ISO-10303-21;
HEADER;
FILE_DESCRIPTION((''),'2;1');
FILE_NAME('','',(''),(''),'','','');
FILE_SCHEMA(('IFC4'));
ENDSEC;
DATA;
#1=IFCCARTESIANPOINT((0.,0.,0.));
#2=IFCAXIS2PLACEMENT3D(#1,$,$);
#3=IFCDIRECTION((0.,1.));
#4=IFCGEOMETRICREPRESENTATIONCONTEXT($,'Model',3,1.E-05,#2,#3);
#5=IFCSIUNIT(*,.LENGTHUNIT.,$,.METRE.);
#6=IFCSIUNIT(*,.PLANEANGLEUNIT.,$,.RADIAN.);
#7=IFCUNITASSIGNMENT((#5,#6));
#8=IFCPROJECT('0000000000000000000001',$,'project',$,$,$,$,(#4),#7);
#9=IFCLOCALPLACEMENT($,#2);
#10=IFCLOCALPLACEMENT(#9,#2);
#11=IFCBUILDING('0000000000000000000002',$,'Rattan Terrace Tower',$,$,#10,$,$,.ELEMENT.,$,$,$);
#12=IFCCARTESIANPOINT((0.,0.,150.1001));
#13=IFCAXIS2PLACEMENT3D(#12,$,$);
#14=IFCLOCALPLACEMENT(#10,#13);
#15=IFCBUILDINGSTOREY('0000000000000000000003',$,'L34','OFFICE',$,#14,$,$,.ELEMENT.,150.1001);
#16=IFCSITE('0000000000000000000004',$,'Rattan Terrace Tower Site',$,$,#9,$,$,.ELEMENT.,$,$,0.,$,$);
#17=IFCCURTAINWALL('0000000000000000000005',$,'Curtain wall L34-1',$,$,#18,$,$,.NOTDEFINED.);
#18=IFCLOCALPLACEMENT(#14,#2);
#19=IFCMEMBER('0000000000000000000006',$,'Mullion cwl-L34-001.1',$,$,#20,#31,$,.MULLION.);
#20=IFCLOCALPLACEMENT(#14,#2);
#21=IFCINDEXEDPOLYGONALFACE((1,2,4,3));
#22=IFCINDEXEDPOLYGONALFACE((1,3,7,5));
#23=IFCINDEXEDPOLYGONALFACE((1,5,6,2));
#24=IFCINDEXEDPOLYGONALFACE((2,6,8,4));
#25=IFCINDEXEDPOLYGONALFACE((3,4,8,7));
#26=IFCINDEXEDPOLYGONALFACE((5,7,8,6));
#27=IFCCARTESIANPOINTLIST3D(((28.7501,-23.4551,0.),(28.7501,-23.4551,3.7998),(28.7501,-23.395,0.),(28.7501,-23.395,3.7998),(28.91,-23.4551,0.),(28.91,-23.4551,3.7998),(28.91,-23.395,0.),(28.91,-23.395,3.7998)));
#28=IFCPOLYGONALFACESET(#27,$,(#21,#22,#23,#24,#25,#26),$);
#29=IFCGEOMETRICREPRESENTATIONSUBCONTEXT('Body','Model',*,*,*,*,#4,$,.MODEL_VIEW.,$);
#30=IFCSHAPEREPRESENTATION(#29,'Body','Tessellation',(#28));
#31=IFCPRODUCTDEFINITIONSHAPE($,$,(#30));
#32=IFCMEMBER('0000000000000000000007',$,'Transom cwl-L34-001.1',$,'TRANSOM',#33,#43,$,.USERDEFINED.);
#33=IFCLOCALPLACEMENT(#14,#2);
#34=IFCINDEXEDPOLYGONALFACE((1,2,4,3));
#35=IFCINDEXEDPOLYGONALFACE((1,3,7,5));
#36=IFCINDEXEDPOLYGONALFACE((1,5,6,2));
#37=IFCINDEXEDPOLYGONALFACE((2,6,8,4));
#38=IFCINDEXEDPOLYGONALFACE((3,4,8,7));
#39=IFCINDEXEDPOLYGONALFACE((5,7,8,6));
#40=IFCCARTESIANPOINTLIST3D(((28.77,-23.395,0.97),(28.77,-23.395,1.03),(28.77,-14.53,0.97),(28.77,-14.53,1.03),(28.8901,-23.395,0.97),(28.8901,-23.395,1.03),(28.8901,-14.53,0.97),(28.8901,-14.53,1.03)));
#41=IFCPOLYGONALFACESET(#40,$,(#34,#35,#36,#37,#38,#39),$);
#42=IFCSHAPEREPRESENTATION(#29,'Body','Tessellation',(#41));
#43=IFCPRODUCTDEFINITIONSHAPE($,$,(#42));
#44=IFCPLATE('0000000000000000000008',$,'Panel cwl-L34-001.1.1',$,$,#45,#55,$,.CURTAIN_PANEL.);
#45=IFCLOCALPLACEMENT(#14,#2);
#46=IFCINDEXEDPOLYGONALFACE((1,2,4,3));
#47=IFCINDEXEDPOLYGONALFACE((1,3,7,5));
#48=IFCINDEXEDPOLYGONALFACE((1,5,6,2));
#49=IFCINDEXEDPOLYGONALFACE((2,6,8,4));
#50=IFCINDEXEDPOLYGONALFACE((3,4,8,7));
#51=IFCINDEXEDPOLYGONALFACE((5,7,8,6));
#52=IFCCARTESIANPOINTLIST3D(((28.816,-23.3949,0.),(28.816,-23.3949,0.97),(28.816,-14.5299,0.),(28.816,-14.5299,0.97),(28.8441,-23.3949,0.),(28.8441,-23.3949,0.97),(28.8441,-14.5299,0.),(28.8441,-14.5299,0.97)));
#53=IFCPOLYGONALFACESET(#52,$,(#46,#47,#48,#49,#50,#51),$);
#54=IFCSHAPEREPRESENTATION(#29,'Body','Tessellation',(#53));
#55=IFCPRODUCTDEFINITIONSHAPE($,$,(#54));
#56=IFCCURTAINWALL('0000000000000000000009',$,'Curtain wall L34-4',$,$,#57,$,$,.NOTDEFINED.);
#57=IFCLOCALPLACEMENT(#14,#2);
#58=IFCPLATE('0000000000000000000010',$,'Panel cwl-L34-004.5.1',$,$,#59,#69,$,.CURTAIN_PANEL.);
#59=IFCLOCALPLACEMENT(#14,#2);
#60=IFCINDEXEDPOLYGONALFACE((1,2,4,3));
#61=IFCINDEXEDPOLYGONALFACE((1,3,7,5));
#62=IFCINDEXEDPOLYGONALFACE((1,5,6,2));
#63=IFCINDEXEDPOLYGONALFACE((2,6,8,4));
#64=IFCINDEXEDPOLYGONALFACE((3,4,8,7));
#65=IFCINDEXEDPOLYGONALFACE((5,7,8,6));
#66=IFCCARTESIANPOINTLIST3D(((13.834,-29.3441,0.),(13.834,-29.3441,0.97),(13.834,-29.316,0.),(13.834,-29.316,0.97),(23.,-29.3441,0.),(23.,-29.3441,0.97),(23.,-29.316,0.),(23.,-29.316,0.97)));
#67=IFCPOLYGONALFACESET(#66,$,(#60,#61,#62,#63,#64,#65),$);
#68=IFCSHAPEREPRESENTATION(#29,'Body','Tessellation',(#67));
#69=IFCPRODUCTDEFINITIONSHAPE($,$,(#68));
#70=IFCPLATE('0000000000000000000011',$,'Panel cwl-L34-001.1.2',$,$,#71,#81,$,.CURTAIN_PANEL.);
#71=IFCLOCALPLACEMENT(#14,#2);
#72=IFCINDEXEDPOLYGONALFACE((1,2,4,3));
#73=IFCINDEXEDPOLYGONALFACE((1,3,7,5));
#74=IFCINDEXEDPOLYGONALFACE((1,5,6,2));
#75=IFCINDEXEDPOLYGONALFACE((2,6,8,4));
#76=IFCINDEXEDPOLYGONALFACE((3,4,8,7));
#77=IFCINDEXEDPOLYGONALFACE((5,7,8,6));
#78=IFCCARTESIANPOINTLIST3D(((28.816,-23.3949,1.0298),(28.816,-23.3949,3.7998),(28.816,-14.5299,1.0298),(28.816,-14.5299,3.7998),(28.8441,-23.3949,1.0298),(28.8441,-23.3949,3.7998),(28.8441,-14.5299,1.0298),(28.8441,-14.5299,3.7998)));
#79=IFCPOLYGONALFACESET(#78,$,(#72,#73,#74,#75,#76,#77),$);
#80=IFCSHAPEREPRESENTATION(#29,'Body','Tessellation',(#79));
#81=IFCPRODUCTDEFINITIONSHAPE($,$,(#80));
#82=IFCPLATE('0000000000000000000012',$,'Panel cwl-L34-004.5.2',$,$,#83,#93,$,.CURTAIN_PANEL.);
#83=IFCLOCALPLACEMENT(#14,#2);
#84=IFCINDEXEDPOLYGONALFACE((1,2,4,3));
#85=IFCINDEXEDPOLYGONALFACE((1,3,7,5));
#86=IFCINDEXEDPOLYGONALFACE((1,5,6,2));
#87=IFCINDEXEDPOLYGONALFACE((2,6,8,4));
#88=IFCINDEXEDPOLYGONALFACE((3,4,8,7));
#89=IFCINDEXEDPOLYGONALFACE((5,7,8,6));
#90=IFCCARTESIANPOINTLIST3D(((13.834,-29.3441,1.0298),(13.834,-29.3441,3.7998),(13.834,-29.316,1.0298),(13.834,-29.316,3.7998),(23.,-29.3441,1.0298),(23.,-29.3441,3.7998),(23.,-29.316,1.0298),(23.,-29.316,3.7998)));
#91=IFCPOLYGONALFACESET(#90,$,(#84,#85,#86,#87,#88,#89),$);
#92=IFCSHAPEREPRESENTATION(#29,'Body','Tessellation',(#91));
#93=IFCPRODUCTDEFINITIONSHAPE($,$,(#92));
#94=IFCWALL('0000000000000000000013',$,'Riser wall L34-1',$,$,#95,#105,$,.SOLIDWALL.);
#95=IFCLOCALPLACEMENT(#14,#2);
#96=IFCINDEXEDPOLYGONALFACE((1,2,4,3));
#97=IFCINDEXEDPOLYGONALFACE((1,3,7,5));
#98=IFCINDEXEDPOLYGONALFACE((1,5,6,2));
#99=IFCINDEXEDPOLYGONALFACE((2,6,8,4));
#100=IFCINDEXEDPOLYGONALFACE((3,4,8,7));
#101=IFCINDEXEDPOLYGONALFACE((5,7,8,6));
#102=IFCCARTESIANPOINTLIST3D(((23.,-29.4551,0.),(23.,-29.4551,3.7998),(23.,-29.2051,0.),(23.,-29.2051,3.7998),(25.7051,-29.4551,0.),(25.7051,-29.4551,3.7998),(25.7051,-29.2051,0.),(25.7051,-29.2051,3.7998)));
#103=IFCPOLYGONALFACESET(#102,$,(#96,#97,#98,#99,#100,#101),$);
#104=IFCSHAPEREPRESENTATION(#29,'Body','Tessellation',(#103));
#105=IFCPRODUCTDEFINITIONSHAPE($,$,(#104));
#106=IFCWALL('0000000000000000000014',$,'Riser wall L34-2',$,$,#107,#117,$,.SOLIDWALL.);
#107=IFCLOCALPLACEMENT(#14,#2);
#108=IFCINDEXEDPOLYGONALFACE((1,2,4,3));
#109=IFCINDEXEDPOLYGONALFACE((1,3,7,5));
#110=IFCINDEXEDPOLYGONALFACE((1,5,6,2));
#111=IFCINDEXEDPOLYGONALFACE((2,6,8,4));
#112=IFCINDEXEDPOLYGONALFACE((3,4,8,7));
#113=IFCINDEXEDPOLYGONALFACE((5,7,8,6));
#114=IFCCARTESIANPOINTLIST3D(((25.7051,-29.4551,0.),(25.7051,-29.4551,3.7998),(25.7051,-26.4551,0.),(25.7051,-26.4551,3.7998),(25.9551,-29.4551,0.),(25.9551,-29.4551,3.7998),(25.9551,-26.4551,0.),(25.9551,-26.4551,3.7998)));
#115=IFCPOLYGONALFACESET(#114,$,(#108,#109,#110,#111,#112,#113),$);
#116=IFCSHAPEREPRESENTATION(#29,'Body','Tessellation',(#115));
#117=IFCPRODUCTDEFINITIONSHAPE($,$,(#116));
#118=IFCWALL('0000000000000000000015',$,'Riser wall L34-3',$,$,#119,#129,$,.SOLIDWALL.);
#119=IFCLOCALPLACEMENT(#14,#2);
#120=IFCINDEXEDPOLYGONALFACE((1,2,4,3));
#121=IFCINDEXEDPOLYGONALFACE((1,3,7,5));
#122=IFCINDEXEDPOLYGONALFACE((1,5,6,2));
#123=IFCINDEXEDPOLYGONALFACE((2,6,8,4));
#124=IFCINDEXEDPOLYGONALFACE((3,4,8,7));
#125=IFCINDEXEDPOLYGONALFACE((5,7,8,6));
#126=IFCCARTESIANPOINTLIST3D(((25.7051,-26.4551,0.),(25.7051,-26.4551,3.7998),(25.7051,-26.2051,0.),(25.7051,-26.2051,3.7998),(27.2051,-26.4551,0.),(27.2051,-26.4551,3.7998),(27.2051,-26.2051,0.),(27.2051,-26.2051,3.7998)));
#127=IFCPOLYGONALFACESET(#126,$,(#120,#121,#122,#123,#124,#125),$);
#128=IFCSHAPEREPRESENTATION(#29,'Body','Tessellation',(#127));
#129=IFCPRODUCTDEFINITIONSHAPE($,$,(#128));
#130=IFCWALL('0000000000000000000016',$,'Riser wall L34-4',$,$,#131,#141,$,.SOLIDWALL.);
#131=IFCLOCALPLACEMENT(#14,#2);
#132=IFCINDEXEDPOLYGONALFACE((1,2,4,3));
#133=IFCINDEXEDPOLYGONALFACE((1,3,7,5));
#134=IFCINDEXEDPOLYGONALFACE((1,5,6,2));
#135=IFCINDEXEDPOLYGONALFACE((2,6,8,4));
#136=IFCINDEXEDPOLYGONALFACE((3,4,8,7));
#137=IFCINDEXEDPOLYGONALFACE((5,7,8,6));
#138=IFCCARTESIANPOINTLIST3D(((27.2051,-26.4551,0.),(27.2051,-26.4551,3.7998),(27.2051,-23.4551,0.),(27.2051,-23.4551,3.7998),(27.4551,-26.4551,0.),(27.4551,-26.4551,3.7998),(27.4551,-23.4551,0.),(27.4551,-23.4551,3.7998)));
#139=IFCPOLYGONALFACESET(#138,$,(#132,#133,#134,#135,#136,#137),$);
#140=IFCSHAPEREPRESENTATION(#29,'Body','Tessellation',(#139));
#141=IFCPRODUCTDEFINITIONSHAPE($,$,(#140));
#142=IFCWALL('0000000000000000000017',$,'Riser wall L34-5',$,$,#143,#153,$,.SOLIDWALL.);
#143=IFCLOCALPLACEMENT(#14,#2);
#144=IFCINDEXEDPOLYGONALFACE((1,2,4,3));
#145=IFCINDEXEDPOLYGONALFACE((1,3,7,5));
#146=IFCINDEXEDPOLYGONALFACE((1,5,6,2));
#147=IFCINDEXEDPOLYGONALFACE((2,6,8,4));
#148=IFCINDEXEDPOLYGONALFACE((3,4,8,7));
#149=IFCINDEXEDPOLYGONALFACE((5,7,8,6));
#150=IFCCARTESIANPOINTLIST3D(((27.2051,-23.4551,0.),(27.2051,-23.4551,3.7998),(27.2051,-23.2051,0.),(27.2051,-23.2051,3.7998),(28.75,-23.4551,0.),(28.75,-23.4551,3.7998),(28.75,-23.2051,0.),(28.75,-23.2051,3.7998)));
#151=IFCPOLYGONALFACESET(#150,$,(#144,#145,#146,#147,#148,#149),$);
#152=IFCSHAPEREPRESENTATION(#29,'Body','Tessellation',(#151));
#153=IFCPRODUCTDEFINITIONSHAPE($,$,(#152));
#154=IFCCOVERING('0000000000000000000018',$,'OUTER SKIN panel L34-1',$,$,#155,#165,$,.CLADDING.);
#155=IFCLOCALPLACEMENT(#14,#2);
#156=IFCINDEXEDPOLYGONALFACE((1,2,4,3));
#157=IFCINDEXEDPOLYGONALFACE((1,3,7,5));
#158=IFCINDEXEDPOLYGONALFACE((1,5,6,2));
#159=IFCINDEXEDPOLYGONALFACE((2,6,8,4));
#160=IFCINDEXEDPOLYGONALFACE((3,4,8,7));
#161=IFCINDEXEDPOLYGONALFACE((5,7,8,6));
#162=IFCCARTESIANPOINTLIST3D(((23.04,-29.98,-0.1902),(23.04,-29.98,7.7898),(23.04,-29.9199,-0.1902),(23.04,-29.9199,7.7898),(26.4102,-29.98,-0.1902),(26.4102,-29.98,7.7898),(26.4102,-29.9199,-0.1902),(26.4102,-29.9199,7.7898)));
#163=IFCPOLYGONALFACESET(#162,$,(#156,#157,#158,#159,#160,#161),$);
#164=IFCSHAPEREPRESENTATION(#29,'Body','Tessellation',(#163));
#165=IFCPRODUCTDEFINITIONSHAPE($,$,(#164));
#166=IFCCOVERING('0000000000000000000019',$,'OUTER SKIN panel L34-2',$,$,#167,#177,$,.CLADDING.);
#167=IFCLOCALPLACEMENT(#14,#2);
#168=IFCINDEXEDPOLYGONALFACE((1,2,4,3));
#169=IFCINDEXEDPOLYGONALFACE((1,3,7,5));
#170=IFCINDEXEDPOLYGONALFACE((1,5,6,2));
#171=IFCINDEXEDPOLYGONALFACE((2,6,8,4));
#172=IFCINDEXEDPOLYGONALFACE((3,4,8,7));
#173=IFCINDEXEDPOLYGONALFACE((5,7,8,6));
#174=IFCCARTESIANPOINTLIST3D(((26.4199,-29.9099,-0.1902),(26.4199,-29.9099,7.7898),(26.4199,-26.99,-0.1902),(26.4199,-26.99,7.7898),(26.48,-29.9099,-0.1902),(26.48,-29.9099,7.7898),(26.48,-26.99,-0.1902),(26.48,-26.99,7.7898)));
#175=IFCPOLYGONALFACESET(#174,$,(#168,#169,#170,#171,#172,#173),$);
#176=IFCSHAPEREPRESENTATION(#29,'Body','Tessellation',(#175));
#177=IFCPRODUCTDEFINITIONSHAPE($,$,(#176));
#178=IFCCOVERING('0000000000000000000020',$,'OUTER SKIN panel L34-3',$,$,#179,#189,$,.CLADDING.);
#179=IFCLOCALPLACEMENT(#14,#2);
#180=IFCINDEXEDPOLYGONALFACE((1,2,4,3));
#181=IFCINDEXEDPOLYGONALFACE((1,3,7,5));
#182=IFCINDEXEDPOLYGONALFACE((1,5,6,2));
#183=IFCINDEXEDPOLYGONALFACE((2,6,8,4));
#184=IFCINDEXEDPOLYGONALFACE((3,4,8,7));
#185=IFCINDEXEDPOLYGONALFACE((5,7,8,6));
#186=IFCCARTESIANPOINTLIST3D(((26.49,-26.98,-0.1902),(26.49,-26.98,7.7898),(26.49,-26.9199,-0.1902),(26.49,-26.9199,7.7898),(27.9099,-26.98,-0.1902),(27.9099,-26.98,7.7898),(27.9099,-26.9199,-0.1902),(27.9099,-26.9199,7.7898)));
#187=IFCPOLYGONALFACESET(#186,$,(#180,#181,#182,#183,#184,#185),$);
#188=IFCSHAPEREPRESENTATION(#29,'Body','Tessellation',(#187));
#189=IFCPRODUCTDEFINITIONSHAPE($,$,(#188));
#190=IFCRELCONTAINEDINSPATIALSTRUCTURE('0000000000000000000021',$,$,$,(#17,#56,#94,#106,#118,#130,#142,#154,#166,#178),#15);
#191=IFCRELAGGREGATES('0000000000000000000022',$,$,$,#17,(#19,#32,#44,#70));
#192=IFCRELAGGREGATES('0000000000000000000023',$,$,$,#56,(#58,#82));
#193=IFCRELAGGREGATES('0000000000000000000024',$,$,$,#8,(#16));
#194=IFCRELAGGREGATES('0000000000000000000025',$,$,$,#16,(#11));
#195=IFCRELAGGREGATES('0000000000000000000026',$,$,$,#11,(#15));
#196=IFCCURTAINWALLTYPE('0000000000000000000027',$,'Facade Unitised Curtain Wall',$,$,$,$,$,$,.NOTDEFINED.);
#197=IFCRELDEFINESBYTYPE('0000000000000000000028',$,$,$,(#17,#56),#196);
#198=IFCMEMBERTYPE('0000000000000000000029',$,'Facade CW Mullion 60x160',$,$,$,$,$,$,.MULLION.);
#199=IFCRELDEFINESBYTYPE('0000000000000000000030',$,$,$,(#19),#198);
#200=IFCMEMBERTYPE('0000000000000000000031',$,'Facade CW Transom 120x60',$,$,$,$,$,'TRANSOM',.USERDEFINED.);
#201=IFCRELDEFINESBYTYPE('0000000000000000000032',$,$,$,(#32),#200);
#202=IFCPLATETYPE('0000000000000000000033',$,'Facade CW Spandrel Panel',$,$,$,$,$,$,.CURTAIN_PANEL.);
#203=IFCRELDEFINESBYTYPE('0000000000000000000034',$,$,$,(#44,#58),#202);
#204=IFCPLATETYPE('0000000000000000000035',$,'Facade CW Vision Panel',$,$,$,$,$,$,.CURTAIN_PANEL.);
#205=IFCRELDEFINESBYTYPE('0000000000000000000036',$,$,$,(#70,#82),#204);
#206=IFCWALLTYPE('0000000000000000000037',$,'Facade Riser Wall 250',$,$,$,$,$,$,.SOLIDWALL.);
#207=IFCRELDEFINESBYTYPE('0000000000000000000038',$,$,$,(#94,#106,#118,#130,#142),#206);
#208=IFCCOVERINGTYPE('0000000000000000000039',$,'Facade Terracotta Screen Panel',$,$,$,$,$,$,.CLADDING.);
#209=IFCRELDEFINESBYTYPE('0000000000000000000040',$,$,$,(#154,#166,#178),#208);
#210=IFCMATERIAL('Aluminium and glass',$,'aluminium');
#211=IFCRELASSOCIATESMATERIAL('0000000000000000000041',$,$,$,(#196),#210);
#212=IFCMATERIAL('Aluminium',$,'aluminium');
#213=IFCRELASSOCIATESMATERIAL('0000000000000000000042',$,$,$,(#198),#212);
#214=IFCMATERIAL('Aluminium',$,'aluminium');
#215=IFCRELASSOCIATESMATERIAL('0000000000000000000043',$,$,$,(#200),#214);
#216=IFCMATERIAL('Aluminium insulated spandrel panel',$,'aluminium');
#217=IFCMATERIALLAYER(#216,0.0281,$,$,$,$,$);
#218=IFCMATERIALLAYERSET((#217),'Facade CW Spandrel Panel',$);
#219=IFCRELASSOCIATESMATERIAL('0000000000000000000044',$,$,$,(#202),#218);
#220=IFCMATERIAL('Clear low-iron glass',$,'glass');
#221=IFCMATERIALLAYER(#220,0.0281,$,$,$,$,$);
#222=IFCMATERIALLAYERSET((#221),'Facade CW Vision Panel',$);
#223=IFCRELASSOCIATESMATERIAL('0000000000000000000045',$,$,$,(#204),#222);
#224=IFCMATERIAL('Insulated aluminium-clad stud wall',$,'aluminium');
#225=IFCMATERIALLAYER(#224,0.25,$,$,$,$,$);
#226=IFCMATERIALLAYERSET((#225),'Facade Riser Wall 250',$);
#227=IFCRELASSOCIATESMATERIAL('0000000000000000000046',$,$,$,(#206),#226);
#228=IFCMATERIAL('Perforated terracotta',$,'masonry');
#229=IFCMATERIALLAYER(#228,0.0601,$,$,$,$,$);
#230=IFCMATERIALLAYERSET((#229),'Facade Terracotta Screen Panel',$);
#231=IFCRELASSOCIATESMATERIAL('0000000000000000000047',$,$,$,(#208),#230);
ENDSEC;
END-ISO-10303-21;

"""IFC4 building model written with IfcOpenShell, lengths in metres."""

from ifc_helpers import new_model, si_unit, direction, frame, frame_2d, origin, origin_2d, place, context, subcontext, project, spatial, rectangle, extrude, material, layer, layer_set, material_profile, profile_set, type_object, element, aggregate, save


model = new_model("IFC4")

# Units and contexts
model_context = context("Model", 3, precision=1e-05, world=origin(), true_north=direction((0.0, 1.0)))
body_context = subcontext(model_context, "Body", "Model", "MODEL_VIEW")
ifc_project = project(units=[si_unit("LENGTHUNIT", "METRE"), si_unit("PLANEANGLEUNIT", "RADIAN")], contexts=[model_context])

# Site, building, storey
site_placement = place(None, origin())
site = spatial("IfcSite", under=ifc_project, at=site_placement, Name="Rattan Terrace Tower Site", CompositionType="ELEMENT", RefElevation=0.0)
building_placement = place(site_placement, origin())
building = spatial("IfcBuilding", under=site, at=building_placement, Name="Rattan Terrace Tower", CompositionType="ELEMENT")
storey_placement = place(building_placement, frame((0.0, 0.0, 150.1001)))
storey = spatial("IfcBuildingStorey", under=building, at=storey_placement, Name="L34", Description="OFFICE", CompositionType="ELEMENT", Elevation=150.1001)

# Curtain wall, members, plate
ifc_material_1 = material(Name="Aluminium and glass", Category="aluminium")
curtain_wall_type = type_object("IfcCurtainWallType", Name="Facade Unitised Curtain Wall", PredefinedType="NOTDEFINED", material=ifc_material_1)
curtain_wall_1_placement = place(storey_placement, origin())
curtain_wall_1 = element("IfcCurtainWall", 1, at=curtain_wall_1_placement, inside=storey, type_object=curtain_wall_type, Name="Curtain wall L34-1", PredefinedType="NOTDEFINED")
ifc_material_2 = material(Name="Aluminium", Category="aluminium")
ifc_material_profile_1 = material_profile(ifc_material_2, rectangle(XDim=0.0601, YDim=0.1599, at=origin_2d()), Name="Aluminium 60x160")
ifc_profile_set_1 = profile_set([ifc_material_profile_1], Name="Aluminium")
member_type_1 = type_object("IfcMemberType", Name="Facade CW Mullion 60x160", PredefinedType="MULLION", material=ifc_profile_set_1)
member_1_placement = place(storey_placement, frame((28.8301, -23.425, 0.0), z_axis=(0.0, 0.0, 1.0), x_axis=(0.0, 1.0, 0.0)))
member_1 = element("IfcMember", 2, at=member_1_placement, type_object=member_type_1, Name="Mullion cwl-L34-001.1", PredefinedType="MULLION", context=body_context, shape_type="SweptSolid", body=[
    extrude(rectangle(XDim=0.0601, YDim=0.1599, at=origin_2d()), origin(), (0.0, 0.0, 1.0), 3.7998),
])
ifc_material_3 = material(Name="Aluminium", Category="aluminium")
ifc_material_profile_2 = material_profile(ifc_material_3, rectangle(XDim=0.1201, YDim=0.0601, at=origin_2d()), Name="Aluminium 120x60")
ifc_profile_set_2 = profile_set([ifc_material_profile_2], Name="Aluminium")
member_type_2 = type_object("IfcMemberType", Name="Facade CW Transom 120x60", ElementType="TRANSOM", PredefinedType="USERDEFINED", material=ifc_profile_set_2)
member_2_placement = place(storey_placement, frame((28.8301, -23.395, 1.0), z_axis=(0.0, 1.0, 0.0), x_axis=(-1.0, 0.0, 0.0)))
member_2 = element("IfcMember", 3, at=member_2_placement, type_object=member_type_2, Name="Transom cwl-L34-001.1", ObjectType="TRANSOM", PredefinedType="USERDEFINED", context=body_context, shape_type="SweptSolid", body=[
    extrude(rectangle(XDim=0.1201, YDim=0.0601, at=origin_2d()), origin(), (0.0, 0.0, 1.0), 8.865),
])
ifc_material_4 = material(Name="Aluminium insulated spandrel panel", Category="aluminium")
ifc_layer_1 = layer(ifc_material_4, 0.0281)
ifc_layer_set_1 = layer_set([ifc_layer_1], Name="Facade CW Spandrel Panel")
plate_type_1 = type_object("IfcPlateType", Name="Facade CW Spandrel Panel", PredefinedType="CURTAIN_PANEL", material=ifc_layer_set_1)
plate_1_placement = place(storey_placement, frame((28.8301, -18.9624, 0.0), z_axis=(0.0, 0.0, 1.0), x_axis=(0.0, 1.0, 0.0)))
plate_1 = element("IfcPlate", 4, at=plate_1_placement, type_object=plate_type_1, Name="Panel cwl-L34-001.1.1", PredefinedType="CURTAIN_PANEL", context=body_context, shape_type="SweptSolid", body=[
    extrude(rectangle(XDim=8.865, YDim=0.0281, at=origin_2d()), origin(), (0.0, 0.0, 1.0), 0.97),
])

# Curtain wall, plate
curtain_wall_2_placement = place(storey_placement, origin())
curtain_wall_2 = element("IfcCurtainWall", 5, at=curtain_wall_2_placement, inside=storey, type_object=curtain_wall_type, Name="Curtain wall L34-4", PredefinedType="NOTDEFINED")
plate_2_placement = place(storey_placement, frame((18.417, -29.3301, 0.0), z_axis=(0.0, 0.0, 1.0), x_axis=(1.0, 0.0, 0.0)))
plate_2 = element("IfcPlate", 6, at=plate_2_placement, type_object=plate_type_1, Name="Panel cwl-L34-004.5.1", PredefinedType="CURTAIN_PANEL", context=body_context, shape_type="SweptSolid", body=[
    extrude(rectangle(XDim=9.166, YDim=0.0281, at=origin_2d()), origin(), (0.0, 0.0, 1.0), 0.97),
])

# Plates
ifc_material_5 = material(Name="Clear low-iron glass", Category="glass")
ifc_layer_2 = layer(ifc_material_5, 0.0281)
ifc_layer_set_2 = layer_set([ifc_layer_2], Name="Facade CW Vision Panel")
plate_type_2 = type_object("IfcPlateType", Name="Facade CW Vision Panel", PredefinedType="CURTAIN_PANEL", material=ifc_layer_set_2)
plate_3_placement = place(storey_placement, frame((28.8301, -18.9624, 1.0298), z_axis=(0.0, 0.0, 1.0), x_axis=(0.0, 1.0, 0.0)))
plate_3 = element("IfcPlate", 7, at=plate_3_placement, type_object=plate_type_2, Name="Panel cwl-L34-001.1.2", PredefinedType="CURTAIN_PANEL", context=body_context, shape_type="SweptSolid", body=[
    extrude(rectangle(XDim=8.865, YDim=0.0281, at=origin_2d()), origin(), (0.0, 0.0, 1.0), 2.77),
])
aggregate(curtain_wall_1, [member_1, member_2, plate_1, plate_3])
plate_4_placement = place(storey_placement, frame((18.417, -29.3301, 1.0298), z_axis=(0.0, 0.0, 1.0), x_axis=(1.0, 0.0, 0.0)))
plate_4 = element("IfcPlate", 8, at=plate_4_placement, type_object=plate_type_2, Name="Panel cwl-L34-004.5.2", PredefinedType="CURTAIN_PANEL", context=body_context, shape_type="SweptSolid", body=[
    extrude(rectangle(XDim=9.166, YDim=0.0281, at=origin_2d()), origin(), (0.0, 0.0, 1.0), 2.77),
])
aggregate(curtain_wall_2, [plate_2, plate_4])

# Walls
ifc_material_6 = material(Name="Insulated aluminium-clad stud wall", Category="aluminium")
ifc_layer_3 = layer(ifc_material_6, 0.25)
ifc_layer_set_3 = layer_set([ifc_layer_3], Name="Facade Riser Wall 250")
wall_type = type_object("IfcWallType", Name="Facade Riser Wall 250", PredefinedType="SOLIDWALL", material=ifc_layer_set_3)
wall_1_placement = place(storey_placement, frame((23.0, -29.3301, 0.0), z_axis=(0.0, 0.0, 1.0), x_axis=(1.0, 0.0, 0.0)))
element("IfcWall", 9, at=wall_1_placement, inside=storey, type_object=wall_type, Name="Riser wall L34-1", PredefinedType="SOLIDWALL", context=body_context, shape_type="SweptSolid", body=[
    extrude(rectangle(XDim=2.7051, YDim=0.25, at=frame_2d((1.3525, 0.0))), origin(), (0.0, 0.0, 1.0), 3.7998),
])
wall_2_placement = place(storey_placement, frame((25.8301, -29.4551, 0.0), z_axis=(0.0, 0.0, 1.0), x_axis=(0.0, 1.0, 0.0)))
element("IfcWall", 10, at=wall_2_placement, inside=storey, type_object=wall_type, Name="Riser wall L34-2", PredefinedType="SOLIDWALL", context=body_context, shape_type="SweptSolid", body=[
    extrude(rectangle(XDim=3.0, YDim=0.25, at=frame_2d((1.5, 0.0))), origin(), (0.0, 0.0, 1.0), 3.7998),
])
wall_3_placement = place(storey_placement, frame((25.7051, -26.3301, 0.0), z_axis=(0.0, 0.0, 1.0), x_axis=(1.0, 0.0, 0.0)))
element("IfcWall", 11, at=wall_3_placement, inside=storey, type_object=wall_type, Name="Riser wall L34-3", PredefinedType="SOLIDWALL", context=body_context, shape_type="SweptSolid", body=[
    extrude(rectangle(XDim=1.5, YDim=0.25, at=frame_2d((0.75, 0.0))), origin(), (0.0, 0.0, 1.0), 3.7998),
])
wall_4_placement = place(storey_placement, frame((27.3301, -26.4551, 0.0), z_axis=(0.0, 0.0, 1.0), x_axis=(0.0, 1.0, 0.0)))
element("IfcWall", 12, at=wall_4_placement, inside=storey, type_object=wall_type, Name="Riser wall L34-4", PredefinedType="SOLIDWALL", context=body_context, shape_type="SweptSolid", body=[
    extrude(rectangle(XDim=3.0, YDim=0.25, at=frame_2d((1.5, 0.0))), origin(), (0.0, 0.0, 1.0), 3.7998),
])
wall_5_placement = place(storey_placement, frame((27.2051, -23.3301, 0.0), z_axis=(0.0, 0.0, 1.0), x_axis=(1.0, 0.0, 0.0)))
element("IfcWall", 13, at=wall_5_placement, inside=storey, type_object=wall_type, Name="Riser wall L34-5", PredefinedType="SOLIDWALL", context=body_context, shape_type="SweptSolid", body=[
    extrude(rectangle(XDim=1.5449, YDim=0.25, at=frame_2d((0.7725, 0.0))), origin(), (0.0, 0.0, 1.0), 3.7998),
])

# Coverings
ifc_material_7 = material(Name="Perforated terracotta", Category="masonry")
ifc_layer_4 = layer(ifc_material_7, 0.0601)
ifc_layer_set_4 = layer_set([ifc_layer_4], Name="Facade Terracotta Screen Panel")
covering_type = type_object("IfcCoveringType", Name="Facade Terracotta Screen Panel", PredefinedType="CLADDING", material=ifc_layer_set_4)
covering_1_placement = place(storey_placement, frame((24.7251, -29.95, -0.1902), z_axis=(0.0, 0.0, 1.0), x_axis=(1.0, 0.0, 0.0)))
element("IfcCovering", 14, at=covering_1_placement, inside=storey, type_object=covering_type, Name="OUTER SKIN panel L34-1", PredefinedType="CLADDING", context=body_context, shape_type="SweptSolid", body=[
    extrude(rectangle(XDim=3.3701, YDim=0.0601, at=origin_2d()), origin(), (0.0, 0.0, 1.0), 7.98),
])
covering_2_placement = place(storey_placement, frame((26.45, -28.45, -0.1902), z_axis=(0.0, 0.0, 1.0), x_axis=(0.0, 1.0, 0.0)))
element("IfcCovering", 15, at=covering_2_placement, inside=storey, type_object=covering_type, Name="OUTER SKIN panel L34-2", PredefinedType="CLADDING", context=body_context, shape_type="SweptSolid", body=[
    extrude(rectangle(XDim=2.9199, YDim=0.0601, at=origin_2d()), origin(), (0.0, 0.0, 1.0), 7.98),
])
covering_3_placement = place(storey_placement, frame((27.2, -26.95, -0.1902), z_axis=(0.0, 0.0, 1.0), x_axis=(1.0, 0.0, 0.0)))
element("IfcCovering", 16, at=covering_3_placement, inside=storey, type_object=covering_type, Name="OUTER SKIN panel L34-3", PredefinedType="CLADDING", context=body_context, shape_type="SweptSolid", body=[
    extrude(rectangle(XDim=1.4199, YDim=0.0601, at=origin_2d()), origin(), (0.0, 0.0, 1.0), 7.98),
])

save(model, "model.ifc")
